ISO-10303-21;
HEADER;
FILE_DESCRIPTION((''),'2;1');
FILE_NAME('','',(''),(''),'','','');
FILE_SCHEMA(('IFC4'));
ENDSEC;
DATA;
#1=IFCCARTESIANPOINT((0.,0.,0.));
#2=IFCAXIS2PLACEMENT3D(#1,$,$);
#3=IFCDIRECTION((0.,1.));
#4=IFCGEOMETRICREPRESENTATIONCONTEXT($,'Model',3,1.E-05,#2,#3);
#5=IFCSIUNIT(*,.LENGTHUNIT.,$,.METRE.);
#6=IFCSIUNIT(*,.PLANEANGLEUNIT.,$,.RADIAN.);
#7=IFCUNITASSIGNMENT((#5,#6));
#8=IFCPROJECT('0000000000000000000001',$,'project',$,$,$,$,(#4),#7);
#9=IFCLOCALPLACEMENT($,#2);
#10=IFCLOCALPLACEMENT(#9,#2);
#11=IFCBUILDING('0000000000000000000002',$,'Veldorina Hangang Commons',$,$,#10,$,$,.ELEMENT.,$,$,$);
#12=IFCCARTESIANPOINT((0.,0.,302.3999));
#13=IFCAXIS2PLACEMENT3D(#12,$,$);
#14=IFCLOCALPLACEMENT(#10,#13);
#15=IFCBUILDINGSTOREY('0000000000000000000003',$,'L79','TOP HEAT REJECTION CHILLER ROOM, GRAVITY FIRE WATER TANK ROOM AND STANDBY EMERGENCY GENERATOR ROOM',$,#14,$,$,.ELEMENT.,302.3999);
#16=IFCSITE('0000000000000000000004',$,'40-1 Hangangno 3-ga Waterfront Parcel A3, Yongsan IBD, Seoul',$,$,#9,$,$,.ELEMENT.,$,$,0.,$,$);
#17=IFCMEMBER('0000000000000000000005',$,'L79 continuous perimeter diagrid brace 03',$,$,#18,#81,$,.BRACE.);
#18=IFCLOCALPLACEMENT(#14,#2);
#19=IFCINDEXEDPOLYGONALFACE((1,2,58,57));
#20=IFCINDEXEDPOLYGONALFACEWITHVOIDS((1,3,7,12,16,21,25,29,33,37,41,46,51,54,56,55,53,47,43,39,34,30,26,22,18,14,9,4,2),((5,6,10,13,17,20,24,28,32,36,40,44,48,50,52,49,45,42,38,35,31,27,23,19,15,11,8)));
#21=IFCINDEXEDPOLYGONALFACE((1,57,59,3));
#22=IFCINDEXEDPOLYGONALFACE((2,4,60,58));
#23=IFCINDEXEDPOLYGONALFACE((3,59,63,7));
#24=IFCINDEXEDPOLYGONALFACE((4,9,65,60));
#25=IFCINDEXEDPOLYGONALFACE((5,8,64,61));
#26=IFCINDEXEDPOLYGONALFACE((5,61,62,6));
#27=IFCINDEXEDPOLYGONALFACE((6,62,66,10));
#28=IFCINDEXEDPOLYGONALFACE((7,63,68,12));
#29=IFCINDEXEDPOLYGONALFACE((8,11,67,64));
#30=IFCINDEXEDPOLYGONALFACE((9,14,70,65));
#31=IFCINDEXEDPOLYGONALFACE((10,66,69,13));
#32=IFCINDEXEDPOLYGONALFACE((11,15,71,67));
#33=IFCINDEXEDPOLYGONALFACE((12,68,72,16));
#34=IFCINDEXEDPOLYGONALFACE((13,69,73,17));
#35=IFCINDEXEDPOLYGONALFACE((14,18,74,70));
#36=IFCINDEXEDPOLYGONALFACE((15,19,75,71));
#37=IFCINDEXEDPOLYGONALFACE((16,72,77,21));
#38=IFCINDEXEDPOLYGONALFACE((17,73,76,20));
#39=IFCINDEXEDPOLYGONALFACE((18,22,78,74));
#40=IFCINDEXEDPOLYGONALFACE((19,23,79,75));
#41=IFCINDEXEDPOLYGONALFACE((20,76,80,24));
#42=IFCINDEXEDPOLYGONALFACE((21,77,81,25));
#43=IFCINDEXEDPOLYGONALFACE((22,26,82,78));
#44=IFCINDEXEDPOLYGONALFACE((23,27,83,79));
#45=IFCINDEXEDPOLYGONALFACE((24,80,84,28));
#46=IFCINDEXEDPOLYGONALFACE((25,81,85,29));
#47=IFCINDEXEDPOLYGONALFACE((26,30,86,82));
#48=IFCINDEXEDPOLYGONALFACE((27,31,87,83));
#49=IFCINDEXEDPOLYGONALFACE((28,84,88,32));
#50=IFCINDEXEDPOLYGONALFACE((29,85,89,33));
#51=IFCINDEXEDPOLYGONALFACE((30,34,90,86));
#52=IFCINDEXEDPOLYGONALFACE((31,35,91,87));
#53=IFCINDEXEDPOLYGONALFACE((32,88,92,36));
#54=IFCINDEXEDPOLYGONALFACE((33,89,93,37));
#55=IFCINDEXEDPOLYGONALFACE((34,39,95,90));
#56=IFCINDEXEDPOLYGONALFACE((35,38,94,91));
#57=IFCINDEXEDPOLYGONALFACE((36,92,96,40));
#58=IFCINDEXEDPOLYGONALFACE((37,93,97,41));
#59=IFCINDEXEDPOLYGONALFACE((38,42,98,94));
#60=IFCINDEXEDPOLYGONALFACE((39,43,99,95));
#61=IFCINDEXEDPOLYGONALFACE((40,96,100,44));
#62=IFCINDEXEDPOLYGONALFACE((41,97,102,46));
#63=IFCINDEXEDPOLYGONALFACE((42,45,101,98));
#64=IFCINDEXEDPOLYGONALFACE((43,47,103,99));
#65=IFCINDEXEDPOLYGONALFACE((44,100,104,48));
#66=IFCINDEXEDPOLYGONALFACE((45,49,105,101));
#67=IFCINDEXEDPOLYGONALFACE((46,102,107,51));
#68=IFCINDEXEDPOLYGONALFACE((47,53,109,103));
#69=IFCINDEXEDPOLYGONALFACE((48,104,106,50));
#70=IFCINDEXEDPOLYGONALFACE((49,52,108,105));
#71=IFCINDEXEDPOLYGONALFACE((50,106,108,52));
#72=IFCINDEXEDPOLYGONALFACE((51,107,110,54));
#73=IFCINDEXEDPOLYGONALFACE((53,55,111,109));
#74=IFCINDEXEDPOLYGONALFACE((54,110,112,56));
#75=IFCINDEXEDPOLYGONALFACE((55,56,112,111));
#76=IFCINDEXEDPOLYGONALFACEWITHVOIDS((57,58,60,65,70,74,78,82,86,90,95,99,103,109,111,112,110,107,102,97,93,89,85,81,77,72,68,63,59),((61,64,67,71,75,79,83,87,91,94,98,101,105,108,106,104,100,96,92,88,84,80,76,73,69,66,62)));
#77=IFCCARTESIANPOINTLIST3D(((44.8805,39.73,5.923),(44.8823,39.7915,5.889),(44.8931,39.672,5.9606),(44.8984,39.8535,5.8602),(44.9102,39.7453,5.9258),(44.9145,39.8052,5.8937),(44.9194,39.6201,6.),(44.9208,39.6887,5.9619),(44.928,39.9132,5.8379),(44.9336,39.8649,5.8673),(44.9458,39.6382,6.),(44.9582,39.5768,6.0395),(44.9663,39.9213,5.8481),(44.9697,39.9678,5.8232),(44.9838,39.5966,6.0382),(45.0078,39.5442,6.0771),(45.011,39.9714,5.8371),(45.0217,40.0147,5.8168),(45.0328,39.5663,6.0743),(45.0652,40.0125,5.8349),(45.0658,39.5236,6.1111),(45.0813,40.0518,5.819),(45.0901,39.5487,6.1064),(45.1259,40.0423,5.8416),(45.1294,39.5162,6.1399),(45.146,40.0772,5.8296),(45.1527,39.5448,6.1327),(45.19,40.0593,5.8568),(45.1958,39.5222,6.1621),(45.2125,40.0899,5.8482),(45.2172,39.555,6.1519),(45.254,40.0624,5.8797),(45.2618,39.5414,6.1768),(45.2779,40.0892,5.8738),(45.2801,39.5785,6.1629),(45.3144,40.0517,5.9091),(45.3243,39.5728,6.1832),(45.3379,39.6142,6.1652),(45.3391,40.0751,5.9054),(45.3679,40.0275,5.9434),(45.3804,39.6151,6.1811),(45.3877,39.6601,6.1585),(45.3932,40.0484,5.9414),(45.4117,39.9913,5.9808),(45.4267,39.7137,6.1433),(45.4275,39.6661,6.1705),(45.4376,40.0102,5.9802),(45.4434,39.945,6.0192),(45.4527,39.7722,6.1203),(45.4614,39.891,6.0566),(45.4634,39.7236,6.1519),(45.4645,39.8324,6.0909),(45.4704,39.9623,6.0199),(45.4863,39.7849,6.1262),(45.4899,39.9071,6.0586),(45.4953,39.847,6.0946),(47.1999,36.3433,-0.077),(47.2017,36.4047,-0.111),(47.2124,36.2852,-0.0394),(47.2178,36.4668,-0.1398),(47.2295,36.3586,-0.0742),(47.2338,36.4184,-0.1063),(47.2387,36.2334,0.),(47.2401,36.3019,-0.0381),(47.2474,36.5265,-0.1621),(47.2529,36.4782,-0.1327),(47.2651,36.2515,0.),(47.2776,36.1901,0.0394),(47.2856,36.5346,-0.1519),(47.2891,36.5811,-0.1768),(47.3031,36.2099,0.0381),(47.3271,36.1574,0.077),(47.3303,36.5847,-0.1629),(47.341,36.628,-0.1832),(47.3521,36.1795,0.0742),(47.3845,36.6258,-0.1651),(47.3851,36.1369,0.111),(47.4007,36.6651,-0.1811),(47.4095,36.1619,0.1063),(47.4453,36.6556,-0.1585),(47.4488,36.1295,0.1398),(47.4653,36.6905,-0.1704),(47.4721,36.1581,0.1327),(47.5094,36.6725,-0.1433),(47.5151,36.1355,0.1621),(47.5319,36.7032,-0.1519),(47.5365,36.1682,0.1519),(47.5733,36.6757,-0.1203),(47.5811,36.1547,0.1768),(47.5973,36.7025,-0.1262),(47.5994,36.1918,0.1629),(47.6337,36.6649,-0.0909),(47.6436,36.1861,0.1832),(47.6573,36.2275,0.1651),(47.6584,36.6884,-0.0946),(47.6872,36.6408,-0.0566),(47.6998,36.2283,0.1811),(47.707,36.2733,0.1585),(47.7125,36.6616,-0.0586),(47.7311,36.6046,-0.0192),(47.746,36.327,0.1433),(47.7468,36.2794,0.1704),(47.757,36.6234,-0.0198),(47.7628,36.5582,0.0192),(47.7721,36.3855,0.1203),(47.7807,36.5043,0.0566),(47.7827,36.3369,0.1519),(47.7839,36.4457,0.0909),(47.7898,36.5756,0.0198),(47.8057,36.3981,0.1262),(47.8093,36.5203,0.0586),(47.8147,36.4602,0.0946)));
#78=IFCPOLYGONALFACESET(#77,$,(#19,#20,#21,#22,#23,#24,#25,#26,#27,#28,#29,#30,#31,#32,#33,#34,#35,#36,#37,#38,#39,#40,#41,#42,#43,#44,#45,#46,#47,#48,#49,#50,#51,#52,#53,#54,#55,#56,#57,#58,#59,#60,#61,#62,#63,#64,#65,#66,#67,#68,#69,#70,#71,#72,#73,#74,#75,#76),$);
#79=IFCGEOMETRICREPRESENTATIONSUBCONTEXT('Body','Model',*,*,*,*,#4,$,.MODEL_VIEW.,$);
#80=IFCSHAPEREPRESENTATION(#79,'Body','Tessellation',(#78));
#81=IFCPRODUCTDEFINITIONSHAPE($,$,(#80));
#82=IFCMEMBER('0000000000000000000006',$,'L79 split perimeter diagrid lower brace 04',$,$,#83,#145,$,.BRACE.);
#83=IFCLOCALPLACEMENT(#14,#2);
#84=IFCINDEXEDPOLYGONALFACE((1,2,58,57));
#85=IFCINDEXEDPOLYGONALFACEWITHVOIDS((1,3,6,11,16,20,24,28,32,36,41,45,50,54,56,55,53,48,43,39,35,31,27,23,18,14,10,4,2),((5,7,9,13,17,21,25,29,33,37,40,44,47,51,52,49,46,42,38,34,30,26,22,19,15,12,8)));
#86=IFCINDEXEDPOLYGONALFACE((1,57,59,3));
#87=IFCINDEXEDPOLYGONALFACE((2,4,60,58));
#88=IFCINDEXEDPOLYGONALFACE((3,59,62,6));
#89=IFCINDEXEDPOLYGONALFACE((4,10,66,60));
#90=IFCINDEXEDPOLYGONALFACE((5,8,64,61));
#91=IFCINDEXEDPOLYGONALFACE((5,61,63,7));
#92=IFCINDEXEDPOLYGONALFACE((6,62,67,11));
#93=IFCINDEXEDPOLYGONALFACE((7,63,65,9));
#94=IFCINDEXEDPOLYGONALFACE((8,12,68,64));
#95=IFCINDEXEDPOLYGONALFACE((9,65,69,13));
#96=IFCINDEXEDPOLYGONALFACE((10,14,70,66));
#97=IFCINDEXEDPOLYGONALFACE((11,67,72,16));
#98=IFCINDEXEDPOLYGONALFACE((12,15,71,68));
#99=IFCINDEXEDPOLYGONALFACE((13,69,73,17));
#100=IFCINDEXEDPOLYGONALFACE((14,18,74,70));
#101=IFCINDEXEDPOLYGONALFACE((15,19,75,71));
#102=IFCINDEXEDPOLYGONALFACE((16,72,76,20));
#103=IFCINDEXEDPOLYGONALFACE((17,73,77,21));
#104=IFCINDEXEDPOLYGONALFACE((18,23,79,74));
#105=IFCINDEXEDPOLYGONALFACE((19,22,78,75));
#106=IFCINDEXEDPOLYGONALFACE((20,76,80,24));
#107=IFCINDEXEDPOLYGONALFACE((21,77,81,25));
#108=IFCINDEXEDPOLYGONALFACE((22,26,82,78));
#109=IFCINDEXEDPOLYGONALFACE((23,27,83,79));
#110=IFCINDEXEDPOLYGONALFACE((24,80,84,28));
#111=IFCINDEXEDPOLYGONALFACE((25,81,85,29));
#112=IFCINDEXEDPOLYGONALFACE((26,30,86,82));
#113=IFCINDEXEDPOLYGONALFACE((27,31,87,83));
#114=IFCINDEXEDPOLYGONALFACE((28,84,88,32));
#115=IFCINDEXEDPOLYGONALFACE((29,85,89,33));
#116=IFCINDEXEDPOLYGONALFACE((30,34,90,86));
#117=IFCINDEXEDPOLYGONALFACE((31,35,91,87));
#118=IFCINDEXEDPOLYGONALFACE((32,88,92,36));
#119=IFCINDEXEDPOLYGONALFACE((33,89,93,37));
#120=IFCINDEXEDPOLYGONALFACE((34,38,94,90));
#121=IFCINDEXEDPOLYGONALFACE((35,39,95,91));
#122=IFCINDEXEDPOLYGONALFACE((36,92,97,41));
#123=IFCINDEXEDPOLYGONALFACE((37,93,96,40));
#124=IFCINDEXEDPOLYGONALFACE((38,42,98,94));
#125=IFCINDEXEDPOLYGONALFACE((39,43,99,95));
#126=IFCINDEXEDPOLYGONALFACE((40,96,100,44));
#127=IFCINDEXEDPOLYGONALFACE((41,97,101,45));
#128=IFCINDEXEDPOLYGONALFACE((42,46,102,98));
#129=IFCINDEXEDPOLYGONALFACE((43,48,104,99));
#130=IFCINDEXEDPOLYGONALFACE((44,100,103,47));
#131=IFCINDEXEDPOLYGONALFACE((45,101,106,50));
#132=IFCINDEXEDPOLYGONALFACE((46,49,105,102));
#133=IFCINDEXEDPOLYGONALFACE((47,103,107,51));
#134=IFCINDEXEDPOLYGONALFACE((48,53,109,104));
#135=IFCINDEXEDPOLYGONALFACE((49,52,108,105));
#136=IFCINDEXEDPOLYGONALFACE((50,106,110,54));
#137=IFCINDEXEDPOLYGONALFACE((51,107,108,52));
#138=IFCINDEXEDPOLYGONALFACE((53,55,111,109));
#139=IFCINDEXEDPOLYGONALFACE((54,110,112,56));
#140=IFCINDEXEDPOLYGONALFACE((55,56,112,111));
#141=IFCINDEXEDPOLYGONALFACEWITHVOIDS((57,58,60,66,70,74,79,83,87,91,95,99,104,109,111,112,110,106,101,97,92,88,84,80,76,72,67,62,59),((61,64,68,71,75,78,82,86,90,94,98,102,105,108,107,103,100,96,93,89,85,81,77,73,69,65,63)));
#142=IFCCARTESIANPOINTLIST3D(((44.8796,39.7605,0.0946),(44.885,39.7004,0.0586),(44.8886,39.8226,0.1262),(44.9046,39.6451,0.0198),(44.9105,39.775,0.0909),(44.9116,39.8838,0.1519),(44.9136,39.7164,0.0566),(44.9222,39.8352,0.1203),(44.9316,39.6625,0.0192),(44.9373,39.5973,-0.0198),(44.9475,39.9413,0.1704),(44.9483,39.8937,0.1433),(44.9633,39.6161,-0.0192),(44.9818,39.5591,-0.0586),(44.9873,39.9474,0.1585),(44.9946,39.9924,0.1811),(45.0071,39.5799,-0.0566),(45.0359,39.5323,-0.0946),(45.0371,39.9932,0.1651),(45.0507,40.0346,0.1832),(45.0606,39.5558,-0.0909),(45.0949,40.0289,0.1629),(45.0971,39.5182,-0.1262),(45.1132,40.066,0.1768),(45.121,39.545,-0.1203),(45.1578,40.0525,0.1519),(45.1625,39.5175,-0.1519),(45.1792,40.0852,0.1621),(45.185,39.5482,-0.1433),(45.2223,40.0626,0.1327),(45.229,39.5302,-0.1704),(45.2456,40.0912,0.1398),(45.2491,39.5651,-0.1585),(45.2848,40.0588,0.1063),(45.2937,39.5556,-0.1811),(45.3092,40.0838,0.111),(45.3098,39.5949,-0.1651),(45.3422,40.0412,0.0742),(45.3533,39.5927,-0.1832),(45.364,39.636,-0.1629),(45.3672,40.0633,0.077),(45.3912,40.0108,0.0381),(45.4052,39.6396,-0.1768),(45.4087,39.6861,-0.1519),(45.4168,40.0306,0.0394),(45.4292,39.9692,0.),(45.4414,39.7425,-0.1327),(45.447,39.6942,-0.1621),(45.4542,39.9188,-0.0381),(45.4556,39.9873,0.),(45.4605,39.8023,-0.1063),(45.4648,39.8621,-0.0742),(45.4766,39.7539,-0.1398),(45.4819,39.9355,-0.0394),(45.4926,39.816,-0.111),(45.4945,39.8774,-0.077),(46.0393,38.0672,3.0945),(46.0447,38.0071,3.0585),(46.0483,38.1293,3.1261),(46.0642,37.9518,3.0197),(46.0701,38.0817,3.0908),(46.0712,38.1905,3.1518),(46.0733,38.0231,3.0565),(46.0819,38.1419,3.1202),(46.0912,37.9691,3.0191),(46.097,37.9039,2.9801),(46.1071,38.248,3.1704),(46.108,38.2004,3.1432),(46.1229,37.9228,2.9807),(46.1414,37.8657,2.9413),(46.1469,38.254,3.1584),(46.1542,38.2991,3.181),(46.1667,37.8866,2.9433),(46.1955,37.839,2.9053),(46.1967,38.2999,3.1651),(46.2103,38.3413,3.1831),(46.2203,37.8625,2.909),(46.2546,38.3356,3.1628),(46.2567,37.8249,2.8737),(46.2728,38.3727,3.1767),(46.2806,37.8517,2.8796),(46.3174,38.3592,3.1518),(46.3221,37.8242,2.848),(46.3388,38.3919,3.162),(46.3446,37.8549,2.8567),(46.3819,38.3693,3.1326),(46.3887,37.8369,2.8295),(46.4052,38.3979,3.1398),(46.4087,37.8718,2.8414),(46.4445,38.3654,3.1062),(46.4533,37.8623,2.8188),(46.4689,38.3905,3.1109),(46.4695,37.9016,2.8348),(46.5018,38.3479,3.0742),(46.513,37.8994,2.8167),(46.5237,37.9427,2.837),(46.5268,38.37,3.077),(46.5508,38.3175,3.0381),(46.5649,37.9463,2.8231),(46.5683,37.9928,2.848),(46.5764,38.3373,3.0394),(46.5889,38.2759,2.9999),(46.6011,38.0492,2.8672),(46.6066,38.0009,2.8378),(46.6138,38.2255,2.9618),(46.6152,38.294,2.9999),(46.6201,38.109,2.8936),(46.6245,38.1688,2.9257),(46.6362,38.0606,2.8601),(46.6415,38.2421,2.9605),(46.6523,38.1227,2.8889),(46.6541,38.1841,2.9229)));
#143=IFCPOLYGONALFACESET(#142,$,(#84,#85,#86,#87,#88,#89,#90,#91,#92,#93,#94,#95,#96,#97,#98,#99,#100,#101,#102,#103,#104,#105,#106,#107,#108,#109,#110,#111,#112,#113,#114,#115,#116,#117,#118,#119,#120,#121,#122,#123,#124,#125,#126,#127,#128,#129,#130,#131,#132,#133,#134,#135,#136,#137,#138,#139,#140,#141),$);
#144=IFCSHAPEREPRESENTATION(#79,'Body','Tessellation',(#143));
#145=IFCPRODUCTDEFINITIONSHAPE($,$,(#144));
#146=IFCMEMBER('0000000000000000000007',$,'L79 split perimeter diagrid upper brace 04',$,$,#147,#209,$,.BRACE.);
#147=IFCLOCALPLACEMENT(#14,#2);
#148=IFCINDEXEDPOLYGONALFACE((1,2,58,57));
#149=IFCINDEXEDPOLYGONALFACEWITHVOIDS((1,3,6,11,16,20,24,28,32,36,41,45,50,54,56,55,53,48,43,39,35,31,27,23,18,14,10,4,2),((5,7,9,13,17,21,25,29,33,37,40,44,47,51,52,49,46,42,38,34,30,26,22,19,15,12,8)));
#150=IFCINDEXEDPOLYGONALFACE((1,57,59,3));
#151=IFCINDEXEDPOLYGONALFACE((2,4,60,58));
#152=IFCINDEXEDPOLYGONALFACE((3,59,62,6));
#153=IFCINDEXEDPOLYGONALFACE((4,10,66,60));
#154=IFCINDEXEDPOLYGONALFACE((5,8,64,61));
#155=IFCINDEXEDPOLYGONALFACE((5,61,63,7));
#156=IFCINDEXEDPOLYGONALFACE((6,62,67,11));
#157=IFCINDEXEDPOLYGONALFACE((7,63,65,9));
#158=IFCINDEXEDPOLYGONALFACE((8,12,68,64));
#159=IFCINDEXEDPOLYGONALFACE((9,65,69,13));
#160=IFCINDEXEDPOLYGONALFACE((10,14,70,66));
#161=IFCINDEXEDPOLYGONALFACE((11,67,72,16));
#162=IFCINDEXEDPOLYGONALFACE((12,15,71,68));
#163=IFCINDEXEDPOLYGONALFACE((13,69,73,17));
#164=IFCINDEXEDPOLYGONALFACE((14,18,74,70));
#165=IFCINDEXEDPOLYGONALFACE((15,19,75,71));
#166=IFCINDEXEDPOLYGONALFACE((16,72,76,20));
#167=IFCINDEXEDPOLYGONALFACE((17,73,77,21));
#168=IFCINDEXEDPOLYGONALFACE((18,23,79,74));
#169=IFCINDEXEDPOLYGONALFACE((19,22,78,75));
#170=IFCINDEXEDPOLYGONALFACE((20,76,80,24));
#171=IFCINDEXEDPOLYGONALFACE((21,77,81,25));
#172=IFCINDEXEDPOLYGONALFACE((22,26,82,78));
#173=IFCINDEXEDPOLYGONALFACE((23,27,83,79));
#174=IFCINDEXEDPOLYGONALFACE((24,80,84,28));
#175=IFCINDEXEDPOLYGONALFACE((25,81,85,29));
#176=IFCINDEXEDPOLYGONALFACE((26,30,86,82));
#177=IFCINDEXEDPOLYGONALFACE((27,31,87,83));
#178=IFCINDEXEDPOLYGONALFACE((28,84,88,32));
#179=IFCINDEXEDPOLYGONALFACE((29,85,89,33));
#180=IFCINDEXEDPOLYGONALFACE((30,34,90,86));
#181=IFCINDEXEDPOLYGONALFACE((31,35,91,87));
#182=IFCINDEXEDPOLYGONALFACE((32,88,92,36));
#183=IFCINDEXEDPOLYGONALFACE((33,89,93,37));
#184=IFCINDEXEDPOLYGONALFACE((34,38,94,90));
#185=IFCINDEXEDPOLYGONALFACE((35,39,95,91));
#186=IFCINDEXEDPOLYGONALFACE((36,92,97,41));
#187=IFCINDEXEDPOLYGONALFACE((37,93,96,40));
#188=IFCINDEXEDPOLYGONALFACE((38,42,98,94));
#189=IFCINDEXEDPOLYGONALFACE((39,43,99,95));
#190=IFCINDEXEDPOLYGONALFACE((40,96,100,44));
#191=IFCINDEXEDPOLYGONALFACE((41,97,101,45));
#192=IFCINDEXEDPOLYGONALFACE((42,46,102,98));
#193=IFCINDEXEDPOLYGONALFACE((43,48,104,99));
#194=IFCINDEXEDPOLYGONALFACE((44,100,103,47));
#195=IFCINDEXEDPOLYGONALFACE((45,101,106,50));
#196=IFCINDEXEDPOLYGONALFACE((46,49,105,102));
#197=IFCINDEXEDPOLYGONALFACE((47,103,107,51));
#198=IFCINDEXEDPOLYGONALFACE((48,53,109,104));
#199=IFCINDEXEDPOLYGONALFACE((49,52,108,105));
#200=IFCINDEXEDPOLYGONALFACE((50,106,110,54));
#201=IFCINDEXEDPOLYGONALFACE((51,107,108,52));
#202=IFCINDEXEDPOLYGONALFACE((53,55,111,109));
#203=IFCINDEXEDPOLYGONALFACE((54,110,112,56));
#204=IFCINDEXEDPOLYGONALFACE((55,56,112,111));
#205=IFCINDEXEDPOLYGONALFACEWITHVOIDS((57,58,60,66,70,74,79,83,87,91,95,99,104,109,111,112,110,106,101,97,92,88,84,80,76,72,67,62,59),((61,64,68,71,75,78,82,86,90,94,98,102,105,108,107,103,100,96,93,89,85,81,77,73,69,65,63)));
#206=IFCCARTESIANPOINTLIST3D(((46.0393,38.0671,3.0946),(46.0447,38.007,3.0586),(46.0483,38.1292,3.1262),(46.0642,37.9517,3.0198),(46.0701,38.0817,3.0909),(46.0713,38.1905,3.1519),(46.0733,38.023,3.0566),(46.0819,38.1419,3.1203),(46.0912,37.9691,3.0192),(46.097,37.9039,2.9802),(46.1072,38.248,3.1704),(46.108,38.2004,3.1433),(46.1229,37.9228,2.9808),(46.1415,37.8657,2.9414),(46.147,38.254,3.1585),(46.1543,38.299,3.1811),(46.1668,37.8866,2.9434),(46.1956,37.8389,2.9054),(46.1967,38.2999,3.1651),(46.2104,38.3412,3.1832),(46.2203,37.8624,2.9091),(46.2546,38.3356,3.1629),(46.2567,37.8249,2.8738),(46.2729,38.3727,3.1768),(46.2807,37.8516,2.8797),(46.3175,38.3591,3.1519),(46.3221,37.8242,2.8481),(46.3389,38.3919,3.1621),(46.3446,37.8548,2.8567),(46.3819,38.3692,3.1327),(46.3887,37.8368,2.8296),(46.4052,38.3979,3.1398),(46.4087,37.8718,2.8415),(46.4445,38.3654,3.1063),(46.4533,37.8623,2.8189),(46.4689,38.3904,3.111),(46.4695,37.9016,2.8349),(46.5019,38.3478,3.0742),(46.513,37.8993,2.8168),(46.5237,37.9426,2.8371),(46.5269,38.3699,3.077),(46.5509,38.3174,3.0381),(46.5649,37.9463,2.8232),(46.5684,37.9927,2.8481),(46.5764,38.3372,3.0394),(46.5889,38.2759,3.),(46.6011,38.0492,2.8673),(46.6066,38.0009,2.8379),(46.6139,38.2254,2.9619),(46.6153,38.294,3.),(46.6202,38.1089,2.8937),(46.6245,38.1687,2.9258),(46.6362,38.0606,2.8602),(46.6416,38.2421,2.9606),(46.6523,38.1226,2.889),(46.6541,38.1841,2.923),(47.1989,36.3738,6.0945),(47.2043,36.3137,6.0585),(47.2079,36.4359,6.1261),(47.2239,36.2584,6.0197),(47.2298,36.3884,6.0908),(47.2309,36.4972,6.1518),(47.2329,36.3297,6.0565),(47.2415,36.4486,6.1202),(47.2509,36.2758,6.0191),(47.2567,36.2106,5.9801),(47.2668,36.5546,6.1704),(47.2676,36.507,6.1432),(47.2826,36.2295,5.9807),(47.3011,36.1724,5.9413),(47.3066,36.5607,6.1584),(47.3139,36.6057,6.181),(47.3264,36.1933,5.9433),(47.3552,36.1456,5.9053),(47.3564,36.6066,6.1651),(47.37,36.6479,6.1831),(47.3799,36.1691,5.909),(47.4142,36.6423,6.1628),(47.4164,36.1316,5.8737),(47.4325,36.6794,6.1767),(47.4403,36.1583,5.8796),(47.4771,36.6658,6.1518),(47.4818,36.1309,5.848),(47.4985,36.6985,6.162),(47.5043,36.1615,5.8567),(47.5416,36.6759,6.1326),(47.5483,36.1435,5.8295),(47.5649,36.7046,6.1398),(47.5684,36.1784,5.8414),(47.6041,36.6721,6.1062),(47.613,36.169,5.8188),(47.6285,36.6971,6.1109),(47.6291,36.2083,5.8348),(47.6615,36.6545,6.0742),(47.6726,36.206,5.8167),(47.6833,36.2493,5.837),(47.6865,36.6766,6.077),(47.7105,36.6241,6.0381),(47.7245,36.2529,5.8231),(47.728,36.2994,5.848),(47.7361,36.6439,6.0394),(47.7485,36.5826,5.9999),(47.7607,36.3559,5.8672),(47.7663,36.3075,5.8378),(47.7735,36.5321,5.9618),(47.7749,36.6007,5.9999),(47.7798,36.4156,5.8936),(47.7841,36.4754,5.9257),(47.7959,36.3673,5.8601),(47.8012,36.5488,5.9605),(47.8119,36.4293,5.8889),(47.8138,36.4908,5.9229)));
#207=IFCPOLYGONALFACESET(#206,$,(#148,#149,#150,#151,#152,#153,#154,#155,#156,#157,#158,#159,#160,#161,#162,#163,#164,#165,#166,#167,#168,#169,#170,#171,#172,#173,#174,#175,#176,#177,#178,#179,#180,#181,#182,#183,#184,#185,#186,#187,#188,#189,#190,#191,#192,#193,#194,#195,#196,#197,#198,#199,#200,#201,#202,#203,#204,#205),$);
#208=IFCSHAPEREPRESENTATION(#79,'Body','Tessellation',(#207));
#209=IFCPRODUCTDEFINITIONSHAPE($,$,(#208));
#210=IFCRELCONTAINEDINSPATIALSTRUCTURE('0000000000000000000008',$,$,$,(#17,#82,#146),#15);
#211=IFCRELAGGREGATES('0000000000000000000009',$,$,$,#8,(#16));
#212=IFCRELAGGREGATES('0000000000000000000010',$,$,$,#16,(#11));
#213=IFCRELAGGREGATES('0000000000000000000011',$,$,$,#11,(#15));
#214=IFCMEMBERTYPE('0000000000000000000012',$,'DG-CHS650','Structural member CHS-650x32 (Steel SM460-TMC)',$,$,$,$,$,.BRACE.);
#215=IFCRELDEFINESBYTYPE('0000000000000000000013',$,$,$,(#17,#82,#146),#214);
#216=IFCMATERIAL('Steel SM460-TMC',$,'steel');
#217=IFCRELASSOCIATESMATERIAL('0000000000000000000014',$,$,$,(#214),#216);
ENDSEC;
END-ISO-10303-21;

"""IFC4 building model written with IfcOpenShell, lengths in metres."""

from ifc_helpers import new_model, si_unit, direction, frame, origin, origin_2d, place, context, subcontext, project, spatial, hollow_circle, extrude, material, material_profile, profile_set, type_object, element, save


model = new_model("IFC4")

# Units and contexts
model_context = context("Model", 3, precision=1e-05, world=origin(), true_north=direction((0.0, 1.0)))
body_context = subcontext(model_context, "Body", "Model", "MODEL_VIEW")
ifc_project = project(units=[si_unit("LENGTHUNIT", "METRE"), si_unit("PLANEANGLEUNIT", "RADIAN")], contexts=[model_context])

# Site, building, storey
site_placement = place(None, origin())
site = spatial("IfcSite", under=ifc_project, at=site_placement, Name="40-1 Hangangno 3-ga Waterfront Parcel A3, Yongsan IBD, Seoul", CompositionType="ELEMENT", RefElevation=0.0)
building_placement = place(site_placement, origin())
building = spatial("IfcBuilding", under=site, at=building_placement, Name="Veldorina Hangang Commons", CompositionType="ELEMENT")
storey_placement = place(building_placement, frame((0.0, 0.0, 302.3999)))
storey = spatial("IfcBuildingStorey", under=building, at=storey_placement, Name="L79", Description="TOP HEAT REJECTION CHILLER ROOM, GRAVITY FIRE WATER TANK ROOM AND STANDBY EMERGENCY GENERATOR ROOM", CompositionType="ELEMENT", Elevation=302.3999)

# Shared definitions
ifc_material_1 = material(Name="Steel SM460-TMC", Category="steel")

# Members
ifc_material_profile_1 = material_profile(ifc_material_1, hollow_circle(Radius=0.325, WallThickness=0.032, at=origin_2d()), Name="CHS-650x32")
ifc_profile_set_1 = profile_set([ifc_material_profile_1], Name="Steel SM460-TMC")
member_type_1 = type_object("IfcMemberType", Name="DG-CHS650", Description="Structural member CHS-650x32 (Steel SM460-TMC)", PredefinedType="BRACE", material=ifc_profile_set_1)
member_1_placement = place(storey_placement, frame((47.5068, 36.417, 0.0), z_axis=(-0.31904, 0.465865, 0.825339), x_axis=(-0.825068, -0.565034, 0.0)))
element("IfcMember", 1, at=member_1_placement, inside=storey, type_object=member_type_1, Name="L79 continuous perimeter diagrid brace 03", PredefinedType="BRACE", context=body_context, shape_type="SweptSolid", body=[
    extrude(hollow_circle(Radius=0.325, WallThickness=0.032, at=origin_2d()), origin(), (0.0, 0.0, 1.0), 7.2698),
])
for number, where, z_axis, x_axis, name in (
    (2, (45.1875, 39.8037, 0.0), (0.31904, -0.465865, 0.825339), (0.825068, 0.565034, 0.0), "L79 split perimeter diagrid lower brace 04"),
    (3, (46.3472, 38.1104, 3.0), (0.31904, -0.465865, 0.825339), (0.825068, 0.565034, 0.0), "L79 split perimeter diagrid upper brace 04"),
):
    element("IfcMember", number, at=place(storey_placement, frame(where, z_axis=z_axis, x_axis=x_axis)), inside=storey, type_object=member_type_1, Name=name, PredefinedType="BRACE", context=body_context, shape_type="SweptSolid", body=[
        extrude(hollow_circle(Radius=0.325, WallThickness=0.032, at=origin_2d()), origin(), (0.0, 0.0, 1.0), 3.6348),
    ])

save(model, "model.ifc")
